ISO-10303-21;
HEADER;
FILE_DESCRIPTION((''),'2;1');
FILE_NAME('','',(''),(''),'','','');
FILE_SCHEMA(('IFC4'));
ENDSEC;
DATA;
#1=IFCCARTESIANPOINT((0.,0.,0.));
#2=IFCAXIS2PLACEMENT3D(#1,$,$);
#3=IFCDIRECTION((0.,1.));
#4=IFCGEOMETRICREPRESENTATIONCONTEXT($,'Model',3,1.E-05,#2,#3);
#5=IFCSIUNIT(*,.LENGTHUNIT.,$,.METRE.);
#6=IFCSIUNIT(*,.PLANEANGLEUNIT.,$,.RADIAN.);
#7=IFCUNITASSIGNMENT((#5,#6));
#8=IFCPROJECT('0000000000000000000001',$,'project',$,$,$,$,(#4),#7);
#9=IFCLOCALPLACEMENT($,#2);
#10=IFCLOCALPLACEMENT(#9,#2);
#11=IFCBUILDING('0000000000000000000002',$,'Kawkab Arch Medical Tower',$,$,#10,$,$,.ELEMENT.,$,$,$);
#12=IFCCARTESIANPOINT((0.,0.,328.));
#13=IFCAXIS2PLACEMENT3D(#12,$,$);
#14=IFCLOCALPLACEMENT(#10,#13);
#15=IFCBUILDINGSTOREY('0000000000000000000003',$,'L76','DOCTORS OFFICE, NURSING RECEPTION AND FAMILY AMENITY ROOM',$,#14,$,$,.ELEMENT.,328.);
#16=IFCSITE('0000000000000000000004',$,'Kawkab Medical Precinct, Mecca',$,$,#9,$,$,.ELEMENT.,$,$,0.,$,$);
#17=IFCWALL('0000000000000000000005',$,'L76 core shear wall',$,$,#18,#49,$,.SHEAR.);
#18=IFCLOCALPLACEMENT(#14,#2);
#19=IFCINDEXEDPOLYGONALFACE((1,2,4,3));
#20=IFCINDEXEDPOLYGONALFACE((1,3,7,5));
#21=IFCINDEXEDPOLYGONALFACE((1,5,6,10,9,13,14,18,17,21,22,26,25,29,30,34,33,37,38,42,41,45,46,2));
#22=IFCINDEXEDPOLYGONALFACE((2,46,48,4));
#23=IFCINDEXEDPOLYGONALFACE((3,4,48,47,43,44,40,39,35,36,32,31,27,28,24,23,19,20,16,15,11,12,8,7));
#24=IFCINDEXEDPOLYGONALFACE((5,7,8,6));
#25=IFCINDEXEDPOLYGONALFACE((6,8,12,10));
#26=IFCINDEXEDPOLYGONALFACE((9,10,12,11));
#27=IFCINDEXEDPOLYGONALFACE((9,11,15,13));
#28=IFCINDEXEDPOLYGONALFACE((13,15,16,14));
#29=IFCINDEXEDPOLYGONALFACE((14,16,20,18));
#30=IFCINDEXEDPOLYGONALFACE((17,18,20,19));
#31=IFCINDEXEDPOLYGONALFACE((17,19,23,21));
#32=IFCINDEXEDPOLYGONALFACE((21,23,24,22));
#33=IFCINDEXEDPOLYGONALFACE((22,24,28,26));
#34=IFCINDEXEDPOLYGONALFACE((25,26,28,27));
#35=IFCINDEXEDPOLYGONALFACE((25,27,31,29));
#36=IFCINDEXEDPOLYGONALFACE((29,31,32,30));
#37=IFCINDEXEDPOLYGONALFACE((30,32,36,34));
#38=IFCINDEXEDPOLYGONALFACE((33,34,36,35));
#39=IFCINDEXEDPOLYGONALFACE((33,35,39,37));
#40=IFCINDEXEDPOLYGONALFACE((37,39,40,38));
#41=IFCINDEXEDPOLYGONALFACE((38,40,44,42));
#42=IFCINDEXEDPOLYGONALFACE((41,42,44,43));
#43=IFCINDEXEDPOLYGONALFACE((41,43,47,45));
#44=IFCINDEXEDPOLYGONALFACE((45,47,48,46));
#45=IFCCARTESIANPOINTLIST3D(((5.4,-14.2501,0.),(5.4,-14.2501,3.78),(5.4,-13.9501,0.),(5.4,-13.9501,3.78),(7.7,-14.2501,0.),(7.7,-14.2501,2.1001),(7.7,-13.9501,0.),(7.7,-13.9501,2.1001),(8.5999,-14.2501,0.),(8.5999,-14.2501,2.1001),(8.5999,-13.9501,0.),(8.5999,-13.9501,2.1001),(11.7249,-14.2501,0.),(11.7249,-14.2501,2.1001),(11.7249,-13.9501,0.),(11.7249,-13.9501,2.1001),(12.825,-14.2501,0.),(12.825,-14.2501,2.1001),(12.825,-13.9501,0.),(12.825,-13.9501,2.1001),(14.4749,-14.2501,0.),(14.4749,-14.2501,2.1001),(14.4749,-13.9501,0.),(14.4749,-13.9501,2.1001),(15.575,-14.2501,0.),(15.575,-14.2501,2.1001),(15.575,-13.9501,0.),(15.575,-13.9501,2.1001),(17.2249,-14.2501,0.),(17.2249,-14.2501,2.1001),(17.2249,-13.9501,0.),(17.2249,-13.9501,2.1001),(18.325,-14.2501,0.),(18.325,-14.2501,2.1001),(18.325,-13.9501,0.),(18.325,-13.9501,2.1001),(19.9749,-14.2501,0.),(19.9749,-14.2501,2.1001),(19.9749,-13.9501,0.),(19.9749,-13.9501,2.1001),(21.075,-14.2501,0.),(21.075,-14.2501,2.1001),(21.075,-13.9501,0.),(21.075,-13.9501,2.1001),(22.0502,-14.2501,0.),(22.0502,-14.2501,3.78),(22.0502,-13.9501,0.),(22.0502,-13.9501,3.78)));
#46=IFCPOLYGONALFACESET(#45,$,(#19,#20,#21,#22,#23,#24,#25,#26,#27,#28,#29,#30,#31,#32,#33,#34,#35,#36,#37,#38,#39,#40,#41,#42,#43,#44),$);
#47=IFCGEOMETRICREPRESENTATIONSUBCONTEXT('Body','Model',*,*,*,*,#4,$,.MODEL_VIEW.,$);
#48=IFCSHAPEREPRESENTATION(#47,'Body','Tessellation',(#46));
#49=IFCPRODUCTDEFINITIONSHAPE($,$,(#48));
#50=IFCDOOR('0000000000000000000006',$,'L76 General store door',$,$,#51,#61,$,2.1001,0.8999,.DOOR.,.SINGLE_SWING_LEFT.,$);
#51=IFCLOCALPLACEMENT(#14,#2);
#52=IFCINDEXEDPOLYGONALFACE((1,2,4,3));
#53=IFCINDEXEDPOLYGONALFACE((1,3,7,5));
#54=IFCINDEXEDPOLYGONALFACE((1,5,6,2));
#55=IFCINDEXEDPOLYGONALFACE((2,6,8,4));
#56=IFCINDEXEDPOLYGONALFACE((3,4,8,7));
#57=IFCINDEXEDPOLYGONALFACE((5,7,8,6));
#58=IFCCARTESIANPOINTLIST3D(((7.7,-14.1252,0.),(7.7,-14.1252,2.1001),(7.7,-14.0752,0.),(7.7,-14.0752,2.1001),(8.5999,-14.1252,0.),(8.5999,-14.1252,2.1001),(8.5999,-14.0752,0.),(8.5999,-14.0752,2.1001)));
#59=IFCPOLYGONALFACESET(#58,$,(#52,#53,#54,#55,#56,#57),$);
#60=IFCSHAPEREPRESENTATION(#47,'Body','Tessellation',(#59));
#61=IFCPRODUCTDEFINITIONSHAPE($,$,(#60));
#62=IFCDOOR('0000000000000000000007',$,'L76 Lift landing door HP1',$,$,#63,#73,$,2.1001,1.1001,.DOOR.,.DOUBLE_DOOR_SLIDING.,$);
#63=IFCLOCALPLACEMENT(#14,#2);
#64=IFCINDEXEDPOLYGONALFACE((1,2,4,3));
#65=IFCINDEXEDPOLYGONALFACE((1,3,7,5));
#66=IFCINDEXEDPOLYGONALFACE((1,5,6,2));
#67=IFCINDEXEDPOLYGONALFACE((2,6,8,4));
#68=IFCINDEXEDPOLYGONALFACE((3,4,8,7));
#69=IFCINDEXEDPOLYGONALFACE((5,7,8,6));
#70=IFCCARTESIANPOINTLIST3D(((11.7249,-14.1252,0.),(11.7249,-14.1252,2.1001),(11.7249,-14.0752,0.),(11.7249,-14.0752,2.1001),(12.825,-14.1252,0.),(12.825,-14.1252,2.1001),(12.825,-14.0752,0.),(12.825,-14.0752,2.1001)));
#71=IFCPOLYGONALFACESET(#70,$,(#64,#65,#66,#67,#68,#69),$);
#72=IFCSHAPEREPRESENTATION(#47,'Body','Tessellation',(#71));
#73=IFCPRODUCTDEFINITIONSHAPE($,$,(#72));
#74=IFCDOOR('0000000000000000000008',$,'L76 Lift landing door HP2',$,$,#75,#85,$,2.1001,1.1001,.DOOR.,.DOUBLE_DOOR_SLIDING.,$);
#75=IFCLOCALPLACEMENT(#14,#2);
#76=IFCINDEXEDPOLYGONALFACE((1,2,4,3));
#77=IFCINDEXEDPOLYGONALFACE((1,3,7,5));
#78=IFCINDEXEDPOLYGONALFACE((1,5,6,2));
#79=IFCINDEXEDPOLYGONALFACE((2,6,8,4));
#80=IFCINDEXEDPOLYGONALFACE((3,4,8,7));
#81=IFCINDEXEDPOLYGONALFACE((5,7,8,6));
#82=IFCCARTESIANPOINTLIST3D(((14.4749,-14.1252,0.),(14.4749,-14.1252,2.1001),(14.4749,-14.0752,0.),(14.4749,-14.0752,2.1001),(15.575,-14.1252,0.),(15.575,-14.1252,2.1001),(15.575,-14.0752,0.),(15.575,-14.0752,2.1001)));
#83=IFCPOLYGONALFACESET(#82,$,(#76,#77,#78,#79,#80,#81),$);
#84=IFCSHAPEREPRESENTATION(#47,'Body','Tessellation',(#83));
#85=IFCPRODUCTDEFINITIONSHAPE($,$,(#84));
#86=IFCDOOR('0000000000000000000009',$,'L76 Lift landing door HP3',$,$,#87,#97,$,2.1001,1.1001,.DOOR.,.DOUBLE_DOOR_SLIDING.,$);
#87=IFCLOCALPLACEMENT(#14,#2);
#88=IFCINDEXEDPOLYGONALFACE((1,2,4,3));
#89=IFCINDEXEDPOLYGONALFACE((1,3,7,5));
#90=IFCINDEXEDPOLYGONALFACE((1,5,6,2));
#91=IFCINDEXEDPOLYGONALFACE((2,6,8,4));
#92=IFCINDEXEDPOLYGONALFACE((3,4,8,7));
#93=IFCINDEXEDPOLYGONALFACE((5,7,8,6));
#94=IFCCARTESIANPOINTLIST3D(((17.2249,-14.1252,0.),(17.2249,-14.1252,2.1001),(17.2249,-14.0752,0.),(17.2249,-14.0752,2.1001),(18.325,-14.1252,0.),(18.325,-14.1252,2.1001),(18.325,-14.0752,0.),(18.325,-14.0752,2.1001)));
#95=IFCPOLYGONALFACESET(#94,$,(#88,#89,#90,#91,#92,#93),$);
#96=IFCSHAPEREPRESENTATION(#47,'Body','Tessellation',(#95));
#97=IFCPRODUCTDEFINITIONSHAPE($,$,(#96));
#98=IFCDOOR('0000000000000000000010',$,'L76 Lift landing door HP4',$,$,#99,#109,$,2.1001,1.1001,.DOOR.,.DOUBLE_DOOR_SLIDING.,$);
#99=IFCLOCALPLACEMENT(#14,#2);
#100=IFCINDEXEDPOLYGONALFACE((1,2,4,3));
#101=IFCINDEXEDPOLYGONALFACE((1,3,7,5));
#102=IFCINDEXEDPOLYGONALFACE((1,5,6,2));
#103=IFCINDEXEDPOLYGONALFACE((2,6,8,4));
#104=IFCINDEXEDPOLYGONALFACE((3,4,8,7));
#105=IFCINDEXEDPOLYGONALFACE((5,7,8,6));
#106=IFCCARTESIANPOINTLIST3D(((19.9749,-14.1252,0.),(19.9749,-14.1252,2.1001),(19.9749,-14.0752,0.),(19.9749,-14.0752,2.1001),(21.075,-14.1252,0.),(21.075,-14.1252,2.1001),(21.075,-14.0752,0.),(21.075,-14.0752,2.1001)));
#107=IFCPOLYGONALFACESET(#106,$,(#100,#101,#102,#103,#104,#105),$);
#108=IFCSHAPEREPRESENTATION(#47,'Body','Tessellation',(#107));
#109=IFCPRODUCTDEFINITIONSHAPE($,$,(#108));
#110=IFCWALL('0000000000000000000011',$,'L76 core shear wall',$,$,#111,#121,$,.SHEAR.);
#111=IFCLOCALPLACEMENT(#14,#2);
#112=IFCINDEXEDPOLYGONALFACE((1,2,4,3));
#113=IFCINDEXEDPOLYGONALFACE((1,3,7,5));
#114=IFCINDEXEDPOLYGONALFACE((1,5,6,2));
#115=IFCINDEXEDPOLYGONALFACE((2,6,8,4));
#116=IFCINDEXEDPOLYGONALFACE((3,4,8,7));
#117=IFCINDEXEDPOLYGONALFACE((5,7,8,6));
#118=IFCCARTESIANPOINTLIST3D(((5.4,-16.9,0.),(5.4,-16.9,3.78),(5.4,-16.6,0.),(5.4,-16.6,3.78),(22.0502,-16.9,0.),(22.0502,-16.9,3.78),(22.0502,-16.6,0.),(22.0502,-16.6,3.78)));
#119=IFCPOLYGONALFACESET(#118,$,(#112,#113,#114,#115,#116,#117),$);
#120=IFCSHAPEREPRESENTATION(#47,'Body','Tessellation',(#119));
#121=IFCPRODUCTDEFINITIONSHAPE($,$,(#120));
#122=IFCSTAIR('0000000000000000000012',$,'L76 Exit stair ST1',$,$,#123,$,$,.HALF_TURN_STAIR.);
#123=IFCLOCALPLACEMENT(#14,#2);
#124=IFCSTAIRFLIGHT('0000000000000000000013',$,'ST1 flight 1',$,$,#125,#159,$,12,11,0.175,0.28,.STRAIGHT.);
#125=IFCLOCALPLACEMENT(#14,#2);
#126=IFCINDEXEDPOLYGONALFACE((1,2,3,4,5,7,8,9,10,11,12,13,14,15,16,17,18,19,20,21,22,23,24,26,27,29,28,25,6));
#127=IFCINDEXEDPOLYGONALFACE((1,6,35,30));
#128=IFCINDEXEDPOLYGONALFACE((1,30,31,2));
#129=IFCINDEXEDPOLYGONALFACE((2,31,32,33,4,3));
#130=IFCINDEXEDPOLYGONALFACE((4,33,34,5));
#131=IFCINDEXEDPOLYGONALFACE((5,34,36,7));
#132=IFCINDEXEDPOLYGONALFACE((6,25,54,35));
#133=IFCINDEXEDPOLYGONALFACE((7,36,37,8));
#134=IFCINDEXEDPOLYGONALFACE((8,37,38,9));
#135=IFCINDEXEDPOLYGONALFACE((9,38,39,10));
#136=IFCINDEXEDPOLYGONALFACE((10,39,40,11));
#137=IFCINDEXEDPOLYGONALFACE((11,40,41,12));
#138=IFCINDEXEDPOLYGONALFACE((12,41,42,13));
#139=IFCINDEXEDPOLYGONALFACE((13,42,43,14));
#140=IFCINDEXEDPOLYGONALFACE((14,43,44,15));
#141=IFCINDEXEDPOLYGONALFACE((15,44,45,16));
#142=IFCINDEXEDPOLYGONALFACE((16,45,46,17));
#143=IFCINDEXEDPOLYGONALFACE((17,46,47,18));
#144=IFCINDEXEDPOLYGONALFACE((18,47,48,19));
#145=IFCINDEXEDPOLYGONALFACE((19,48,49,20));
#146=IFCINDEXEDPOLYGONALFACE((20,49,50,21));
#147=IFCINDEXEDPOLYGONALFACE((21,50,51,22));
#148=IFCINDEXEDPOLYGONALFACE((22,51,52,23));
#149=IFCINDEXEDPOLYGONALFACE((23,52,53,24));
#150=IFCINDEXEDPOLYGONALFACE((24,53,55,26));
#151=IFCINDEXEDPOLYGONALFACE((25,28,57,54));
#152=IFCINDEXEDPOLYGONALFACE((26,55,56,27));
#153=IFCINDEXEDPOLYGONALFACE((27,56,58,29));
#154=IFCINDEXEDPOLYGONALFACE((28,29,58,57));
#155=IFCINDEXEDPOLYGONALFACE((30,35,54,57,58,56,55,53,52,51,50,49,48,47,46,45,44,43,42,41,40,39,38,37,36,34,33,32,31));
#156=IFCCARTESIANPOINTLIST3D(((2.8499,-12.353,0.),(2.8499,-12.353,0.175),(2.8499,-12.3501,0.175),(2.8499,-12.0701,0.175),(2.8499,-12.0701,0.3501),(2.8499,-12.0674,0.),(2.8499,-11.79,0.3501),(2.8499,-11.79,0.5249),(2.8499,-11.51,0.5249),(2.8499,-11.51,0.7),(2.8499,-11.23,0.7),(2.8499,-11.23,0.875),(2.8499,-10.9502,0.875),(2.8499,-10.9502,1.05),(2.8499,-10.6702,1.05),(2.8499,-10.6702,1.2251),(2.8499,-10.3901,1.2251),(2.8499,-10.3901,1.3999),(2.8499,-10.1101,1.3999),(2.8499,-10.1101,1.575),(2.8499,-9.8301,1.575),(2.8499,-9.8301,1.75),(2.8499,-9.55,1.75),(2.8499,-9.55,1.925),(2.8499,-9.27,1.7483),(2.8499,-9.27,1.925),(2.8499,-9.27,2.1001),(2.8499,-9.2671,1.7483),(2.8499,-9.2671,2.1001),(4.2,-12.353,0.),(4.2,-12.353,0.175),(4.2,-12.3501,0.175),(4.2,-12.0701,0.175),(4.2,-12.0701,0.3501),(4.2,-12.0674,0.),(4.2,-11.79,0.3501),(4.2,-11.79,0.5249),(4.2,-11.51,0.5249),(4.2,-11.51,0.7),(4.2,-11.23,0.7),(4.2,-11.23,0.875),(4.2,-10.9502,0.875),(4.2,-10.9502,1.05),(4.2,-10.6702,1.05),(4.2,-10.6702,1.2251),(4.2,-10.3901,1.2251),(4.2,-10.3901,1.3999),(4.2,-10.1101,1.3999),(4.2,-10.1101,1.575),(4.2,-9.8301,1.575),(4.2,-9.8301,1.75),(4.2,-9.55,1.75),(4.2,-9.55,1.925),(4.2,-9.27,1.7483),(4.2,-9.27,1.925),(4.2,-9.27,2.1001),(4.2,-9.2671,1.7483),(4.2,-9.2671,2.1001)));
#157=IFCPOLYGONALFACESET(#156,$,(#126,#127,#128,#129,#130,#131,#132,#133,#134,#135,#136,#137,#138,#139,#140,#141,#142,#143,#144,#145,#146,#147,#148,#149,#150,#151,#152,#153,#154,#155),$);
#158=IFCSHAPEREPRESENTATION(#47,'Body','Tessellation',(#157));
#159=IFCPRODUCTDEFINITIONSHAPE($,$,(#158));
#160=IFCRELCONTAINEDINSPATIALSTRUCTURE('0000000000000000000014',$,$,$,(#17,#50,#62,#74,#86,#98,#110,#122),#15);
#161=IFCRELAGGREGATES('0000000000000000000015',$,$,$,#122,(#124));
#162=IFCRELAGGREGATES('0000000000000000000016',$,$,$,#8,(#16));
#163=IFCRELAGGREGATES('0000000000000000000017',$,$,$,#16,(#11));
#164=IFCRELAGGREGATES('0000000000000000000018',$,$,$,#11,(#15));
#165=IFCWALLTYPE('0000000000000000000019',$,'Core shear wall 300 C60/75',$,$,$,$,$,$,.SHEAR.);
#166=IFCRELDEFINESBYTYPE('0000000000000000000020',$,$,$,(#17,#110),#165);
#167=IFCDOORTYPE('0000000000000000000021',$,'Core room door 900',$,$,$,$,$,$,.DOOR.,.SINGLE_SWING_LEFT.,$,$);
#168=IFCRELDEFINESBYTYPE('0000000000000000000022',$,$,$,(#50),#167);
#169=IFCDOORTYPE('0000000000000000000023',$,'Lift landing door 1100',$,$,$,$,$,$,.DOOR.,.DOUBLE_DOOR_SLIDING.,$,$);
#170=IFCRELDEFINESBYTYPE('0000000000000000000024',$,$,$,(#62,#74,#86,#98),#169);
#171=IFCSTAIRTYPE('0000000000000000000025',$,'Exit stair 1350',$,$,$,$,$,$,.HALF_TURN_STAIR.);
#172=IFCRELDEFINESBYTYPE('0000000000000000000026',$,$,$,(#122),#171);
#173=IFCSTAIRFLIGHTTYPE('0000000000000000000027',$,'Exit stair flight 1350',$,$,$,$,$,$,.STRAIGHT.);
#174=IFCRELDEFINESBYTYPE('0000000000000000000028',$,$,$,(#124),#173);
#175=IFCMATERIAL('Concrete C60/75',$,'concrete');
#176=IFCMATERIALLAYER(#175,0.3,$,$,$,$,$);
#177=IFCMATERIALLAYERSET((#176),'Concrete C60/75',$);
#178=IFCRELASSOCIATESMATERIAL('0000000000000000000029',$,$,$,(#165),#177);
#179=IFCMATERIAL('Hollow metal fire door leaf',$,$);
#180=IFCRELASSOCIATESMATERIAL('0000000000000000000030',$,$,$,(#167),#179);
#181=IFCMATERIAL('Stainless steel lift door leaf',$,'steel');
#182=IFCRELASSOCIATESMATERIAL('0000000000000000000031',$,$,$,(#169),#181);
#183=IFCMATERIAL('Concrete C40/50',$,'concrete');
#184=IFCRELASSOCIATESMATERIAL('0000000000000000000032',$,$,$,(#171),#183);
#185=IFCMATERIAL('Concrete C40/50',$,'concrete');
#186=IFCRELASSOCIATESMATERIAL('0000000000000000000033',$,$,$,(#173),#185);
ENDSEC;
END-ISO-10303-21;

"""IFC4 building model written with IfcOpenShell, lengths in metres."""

from ifc_helpers import new_model, si_unit, direction, frame, frame_2d, origin, place, context, subcontext, project, spatial, polyline, rectangle, outline, extrude, material, layer, layer_set, type_object, element, fill, aggregate, save


model = new_model("IFC4")

# Units and contexts
model_context = context("Model", 3, precision=1e-05, world=origin(), true_north=direction((0.0, 1.0)))
body_context = subcontext(model_context, "Body", "Model", "MODEL_VIEW")
ifc_project = project(units=[si_unit("LENGTHUNIT", "METRE"), si_unit("PLANEANGLEUNIT", "RADIAN")], contexts=[model_context])

# Site, building, storey
site_placement = place(None, origin())
site = spatial("IfcSite", under=ifc_project, at=site_placement, Name="Kawkab Medical Precinct, Mecca", CompositionType="ELEMENT", RefElevation=0.0)
building_placement = place(site_placement, origin())
building = spatial("IfcBuilding", under=site, at=building_placement, Name="Kawkab Arch Medical Tower", CompositionType="ELEMENT")
storey_placement = place(building_placement, frame((0.0, 0.0, 328.0)))
storey = spatial("IfcBuildingStorey", under=building, at=storey_placement, Name="L76", Description="DOCTORS OFFICE, NURSING RECEPTION AND FAMILY AMENITY ROOM", CompositionType="ELEMENT", Elevation=328.0)

# Shared definitions
ifc_material_1 = material(Name="Concrete C60/75", Category="concrete")
ifc_layer_1 = layer(ifc_material_1, 0.3)
ifc_layer_set_1 = layer_set([ifc_layer_1], Name="Concrete C60/75")
wall_type_1 = type_object("IfcWallType", Name="Core shear wall 300 C60/75", PredefinedType="SHEAR", material=ifc_layer_set_1)

# Wall, openings, doors
ifc_material_2 = material(Name="Hollow metal fire door leaf")
door_type_1 = type_object("IfcDoorType", Name="Core room door 900", OperationType="SINGLE_SWING_LEFT", PredefinedType="DOOR", material=ifc_material_2)
wall_1_placement = place(storey_placement, frame((5.3999, -14.1001, 0.0), z_axis=(0.0, 0.0, 1.0), x_axis=(1.0, 0.0, 0.0)))
wall_1 = element("IfcWall", 1, at=wall_1_placement, inside=storey, type_object=wall_type_1, Name="L76 core shear wall", PredefinedType="SHEAR", context=body_context, shape_type="SweptSolid", body=[
    extrude(rectangle(XDim=16.6501, YDim=0.3, at=frame_2d((8.3252, 0.0))), origin(), (0.0, 0.0, 1.0), 3.78),
])
opening_1_placement = place(wall_1_placement, frame((6.325, 0.0, 0.0)))
opening_1 = element("IfcOpeningElement", 2, at=opening_1_placement, cuts=wall_1, PredefinedType="OPENING", context=body_context, shape_type="SweptSolid", body=[
    extrude(rectangle(XDim=1.1001, YDim=2.1001, at=frame_2d((0.55, 1.05))), frame((0.0, 0.1599, 0.0), z_axis=(0.0, -1.0, 0.0), x_axis=(1.0, 0.0, 0.0)), (0.0, 0.0, 1.0), 0.3201),
])
opening_2_placement = place(wall_1_placement, frame((9.075, 0.0, 0.0)))
opening_2 = element("IfcOpeningElement", 3, at=opening_2_placement, cuts=wall_1, PredefinedType="OPENING", context=body_context, shape_type="SweptSolid", body=[
    extrude(rectangle(XDim=1.1001, YDim=2.1001, at=frame_2d((0.55, 1.05))), frame((0.0, 0.1599, 0.0), z_axis=(0.0, -1.0, 0.0), x_axis=(1.0, 0.0, 0.0)), (0.0, 0.0, 1.0), 0.3201),
])
opening_3_placement = place(wall_1_placement, frame((11.825, 0.0, 0.0)))
opening_3 = element("IfcOpeningElement", 4, at=opening_3_placement, cuts=wall_1, PredefinedType="OPENING", context=body_context, shape_type="SweptSolid", body=[
    extrude(rectangle(XDim=1.1001, YDim=2.1001, at=frame_2d((0.55, 1.05))), frame((0.0, 0.1599, 0.0), z_axis=(0.0, -1.0, 0.0), x_axis=(1.0, 0.0, 0.0)), (0.0, 0.0, 1.0), 0.3201),
])
opening_4_placement = place(wall_1_placement, frame((14.575, 0.0, 0.0)))
opening_4 = element("IfcOpeningElement", 5, at=opening_4_placement, cuts=wall_1, PredefinedType="OPENING", context=body_context, shape_type="SweptSolid", body=[
    extrude(rectangle(XDim=1.1001, YDim=2.1001, at=frame_2d((0.55, 1.05))), frame((0.0, 0.1599, 0.0), z_axis=(0.0, -1.0, 0.0), x_axis=(1.0, 0.0, 0.0)), (0.0, 0.0, 1.0), 0.3201),
])
opening_5_placement = place(wall_1_placement, frame((2.3, 0.0, 0.0)))
opening_5 = element("IfcOpeningElement", 6, at=opening_5_placement, cuts=wall_1, PredefinedType="OPENING", context=body_context, shape_type="SweptSolid", body=[
    extrude(rectangle(XDim=0.8999, YDim=2.1001, at=frame_2d((0.45, 1.05))), frame((0.0, 0.1599, 0.0), z_axis=(0.0, -1.0, 0.0), x_axis=(1.0, 0.0, 0.0)), (0.0, 0.0, 1.0), 0.3201),
])
door_1_placement = place(opening_5_placement, origin())
door_1 = element("IfcDoor", 7, at=door_1_placement, inside=storey, type_object=door_type_1, Name="L76 General store door", OperationType="SINGLE_SWING_LEFT", OverallHeight=2.1001, OverallWidth=0.8999, PredefinedType="DOOR", context=body_context, shape_type="SweptSolid", body=[
    extrude(rectangle(XDim=0.8999, YDim=2.1001, at=frame_2d((0.45, 1.05))), frame((0.0, 0.0249, 0.0), z_axis=(0.0, -1.0, 0.0), x_axis=(1.0, 0.0, 0.0)), (0.0, 0.0, 1.0), 0.05),
])
fill(opening_5, door_1)
ifc_material_3 = material(Name="Stainless steel lift door leaf", Category="steel")
door_type_2 = type_object("IfcDoorType", Name="Lift landing door 1100", OperationType="DOUBLE_DOOR_SLIDING", PredefinedType="DOOR", material=ifc_material_3)
door_2_placement = place(opening_1_placement, origin())
door_2 = element("IfcDoor", 8, at=door_2_placement, inside=storey, type_object=door_type_2, Name="L76 Lift landing door HP1", OperationType="DOUBLE_DOOR_SLIDING", OverallHeight=2.1001, OverallWidth=1.1001, PredefinedType="DOOR", context=body_context, shape_type="SweptSolid", body=[
    extrude(rectangle(XDim=1.1001, YDim=2.1001, at=frame_2d((0.55, 1.05))), frame((0.0, 0.0249, 0.0), z_axis=(0.0, -1.0, 0.0), x_axis=(1.0, 0.0, 0.0)), (0.0, 0.0, 1.0), 0.05),
])
fill(opening_1, door_2)
door_3_placement = place(opening_2_placement, origin())
door_3 = element("IfcDoor", 9, at=door_3_placement, inside=storey, type_object=door_type_2, Name="L76 Lift landing door HP2", OperationType="DOUBLE_DOOR_SLIDING", OverallHeight=2.1001, OverallWidth=1.1001, PredefinedType="DOOR", context=body_context, shape_type="SweptSolid", body=[
    extrude(rectangle(XDim=1.1001, YDim=2.1001, at=frame_2d((0.55, 1.05))), frame((0.0, 0.0249, 0.0), z_axis=(0.0, -1.0, 0.0), x_axis=(1.0, 0.0, 0.0)), (0.0, 0.0, 1.0), 0.05),
])
fill(opening_2, door_3)
door_4_placement = place(opening_3_placement, origin())
door_4 = element("IfcDoor", 10, at=door_4_placement, inside=storey, type_object=door_type_2, Name="L76 Lift landing door HP3", OperationType="DOUBLE_DOOR_SLIDING", OverallHeight=2.1001, OverallWidth=1.1001, PredefinedType="DOOR", context=body_context, shape_type="SweptSolid", body=[
    extrude(rectangle(XDim=1.1001, YDim=2.1001, at=frame_2d((0.55, 1.05))), frame((0.0, 0.0249, 0.0), z_axis=(0.0, -1.0, 0.0), x_axis=(1.0, 0.0, 0.0)), (0.0, 0.0, 1.0), 0.05),
])
fill(opening_3, door_4)
door_5_placement = place(opening_4_placement, origin())
door_5 = element("IfcDoor", 11, at=door_5_placement, inside=storey, type_object=door_type_2, Name="L76 Lift landing door HP4", OperationType="DOUBLE_DOOR_SLIDING", OverallHeight=2.1001, OverallWidth=1.1001, PredefinedType="DOOR", context=body_context, shape_type="SweptSolid", body=[
    extrude(rectangle(XDim=1.1001, YDim=2.1001, at=frame_2d((0.55, 1.05))), frame((0.0, 0.0249, 0.0), z_axis=(0.0, -1.0, 0.0), x_axis=(1.0, 0.0, 0.0)), (0.0, 0.0, 1.0), 0.05),
])
fill(opening_4, door_5)

# Wall
wall_2_placement = place(storey_placement, frame((5.3999, -16.75, 0.0), z_axis=(0.0, 0.0, 1.0), x_axis=(1.0, 0.0, 0.0)))
element("IfcWall", 12, at=wall_2_placement, inside=storey, type_object=wall_type_1, Name="L76 core shear wall", PredefinedType="SHEAR", context=body_context, shape_type="SweptSolid", body=[
    extrude(rectangle(XDim=16.6501, YDim=0.3, at=frame_2d((8.3252, 0.0))), origin(), (0.0, 0.0, 1.0), 3.78),
])

# Stair, stair flight
ifc_material_4 = material(Name="Concrete C40/50", Category="concrete")
stair_type = type_object("IfcStairType", Name="Exit stair 1350", PredefinedType="HALF_TURN_STAIR", material=ifc_material_4)
stair_placement = place(storey_placement, origin())
stair = element("IfcStair", 13, at=stair_placement, inside=storey, type_object=stair_type, Name="L76 Exit stair ST1", PredefinedType="HALF_TURN_STAIR")
ifc_material_5 = material(Name="Concrete C40/50", Category="concrete")
stair_flight_type = type_object("IfcStairFlightType", Name="Exit stair flight 1350", PredefinedType="STRAIGHT", material=ifc_material_5)
stair_flight_placement = place(storey_placement, frame((3.5249, -12.3501, 0.0), z_axis=(0.0, 0.0, 1.0), x_axis=(0.0, 1.0, 0.0)))
stair_flight = element("IfcStairFlight", 14, at=stair_flight_placement, type_object=stair_flight_type, Name="ST1 flight 1", NumberOfRisers=12, NumberOfTreads=11, PredefinedType="STRAIGHT", RiserHeight=0.175, TreadLength=0.28, context=body_context, shape_type="SweptSolid", body=[
    extrude(outline(polyline([(-0.0029, 0.0), (-0.0029, 0.175), (0.0, 0.175), (0.28, 0.175), (0.28, 0.3501), (0.5601, 0.3501), (0.5601, 0.5249), (0.8401, 0.5249), (0.8401, 0.7), (1.1201, 0.7), (1.1201, 0.875), (1.3999, 0.875), (1.3999, 1.05), (1.6799, 1.05), (1.6799, 1.2251), (1.96, 1.2251), (1.96, 1.3999), (2.24, 1.3999), (2.24, 1.575), (2.52, 1.575), (2.52, 1.75), (2.8, 1.75), (2.8, 1.925), (3.0801, 1.925), (3.0801, 2.1001), (3.083, 2.1001), (3.083, 1.7483), (3.0801, 1.7483), (0.2827, 0.0), (-0.0029, 0.0)])), frame((0.0, 0.675, 0.0), z_axis=(0.0, -1.0, 0.0), x_axis=(1.0, 0.0, 0.0)), (0.0, 0.0, 1.0), 1.3501),
])
aggregate(stair, [stair_flight])

save(model, "model.ifc")
